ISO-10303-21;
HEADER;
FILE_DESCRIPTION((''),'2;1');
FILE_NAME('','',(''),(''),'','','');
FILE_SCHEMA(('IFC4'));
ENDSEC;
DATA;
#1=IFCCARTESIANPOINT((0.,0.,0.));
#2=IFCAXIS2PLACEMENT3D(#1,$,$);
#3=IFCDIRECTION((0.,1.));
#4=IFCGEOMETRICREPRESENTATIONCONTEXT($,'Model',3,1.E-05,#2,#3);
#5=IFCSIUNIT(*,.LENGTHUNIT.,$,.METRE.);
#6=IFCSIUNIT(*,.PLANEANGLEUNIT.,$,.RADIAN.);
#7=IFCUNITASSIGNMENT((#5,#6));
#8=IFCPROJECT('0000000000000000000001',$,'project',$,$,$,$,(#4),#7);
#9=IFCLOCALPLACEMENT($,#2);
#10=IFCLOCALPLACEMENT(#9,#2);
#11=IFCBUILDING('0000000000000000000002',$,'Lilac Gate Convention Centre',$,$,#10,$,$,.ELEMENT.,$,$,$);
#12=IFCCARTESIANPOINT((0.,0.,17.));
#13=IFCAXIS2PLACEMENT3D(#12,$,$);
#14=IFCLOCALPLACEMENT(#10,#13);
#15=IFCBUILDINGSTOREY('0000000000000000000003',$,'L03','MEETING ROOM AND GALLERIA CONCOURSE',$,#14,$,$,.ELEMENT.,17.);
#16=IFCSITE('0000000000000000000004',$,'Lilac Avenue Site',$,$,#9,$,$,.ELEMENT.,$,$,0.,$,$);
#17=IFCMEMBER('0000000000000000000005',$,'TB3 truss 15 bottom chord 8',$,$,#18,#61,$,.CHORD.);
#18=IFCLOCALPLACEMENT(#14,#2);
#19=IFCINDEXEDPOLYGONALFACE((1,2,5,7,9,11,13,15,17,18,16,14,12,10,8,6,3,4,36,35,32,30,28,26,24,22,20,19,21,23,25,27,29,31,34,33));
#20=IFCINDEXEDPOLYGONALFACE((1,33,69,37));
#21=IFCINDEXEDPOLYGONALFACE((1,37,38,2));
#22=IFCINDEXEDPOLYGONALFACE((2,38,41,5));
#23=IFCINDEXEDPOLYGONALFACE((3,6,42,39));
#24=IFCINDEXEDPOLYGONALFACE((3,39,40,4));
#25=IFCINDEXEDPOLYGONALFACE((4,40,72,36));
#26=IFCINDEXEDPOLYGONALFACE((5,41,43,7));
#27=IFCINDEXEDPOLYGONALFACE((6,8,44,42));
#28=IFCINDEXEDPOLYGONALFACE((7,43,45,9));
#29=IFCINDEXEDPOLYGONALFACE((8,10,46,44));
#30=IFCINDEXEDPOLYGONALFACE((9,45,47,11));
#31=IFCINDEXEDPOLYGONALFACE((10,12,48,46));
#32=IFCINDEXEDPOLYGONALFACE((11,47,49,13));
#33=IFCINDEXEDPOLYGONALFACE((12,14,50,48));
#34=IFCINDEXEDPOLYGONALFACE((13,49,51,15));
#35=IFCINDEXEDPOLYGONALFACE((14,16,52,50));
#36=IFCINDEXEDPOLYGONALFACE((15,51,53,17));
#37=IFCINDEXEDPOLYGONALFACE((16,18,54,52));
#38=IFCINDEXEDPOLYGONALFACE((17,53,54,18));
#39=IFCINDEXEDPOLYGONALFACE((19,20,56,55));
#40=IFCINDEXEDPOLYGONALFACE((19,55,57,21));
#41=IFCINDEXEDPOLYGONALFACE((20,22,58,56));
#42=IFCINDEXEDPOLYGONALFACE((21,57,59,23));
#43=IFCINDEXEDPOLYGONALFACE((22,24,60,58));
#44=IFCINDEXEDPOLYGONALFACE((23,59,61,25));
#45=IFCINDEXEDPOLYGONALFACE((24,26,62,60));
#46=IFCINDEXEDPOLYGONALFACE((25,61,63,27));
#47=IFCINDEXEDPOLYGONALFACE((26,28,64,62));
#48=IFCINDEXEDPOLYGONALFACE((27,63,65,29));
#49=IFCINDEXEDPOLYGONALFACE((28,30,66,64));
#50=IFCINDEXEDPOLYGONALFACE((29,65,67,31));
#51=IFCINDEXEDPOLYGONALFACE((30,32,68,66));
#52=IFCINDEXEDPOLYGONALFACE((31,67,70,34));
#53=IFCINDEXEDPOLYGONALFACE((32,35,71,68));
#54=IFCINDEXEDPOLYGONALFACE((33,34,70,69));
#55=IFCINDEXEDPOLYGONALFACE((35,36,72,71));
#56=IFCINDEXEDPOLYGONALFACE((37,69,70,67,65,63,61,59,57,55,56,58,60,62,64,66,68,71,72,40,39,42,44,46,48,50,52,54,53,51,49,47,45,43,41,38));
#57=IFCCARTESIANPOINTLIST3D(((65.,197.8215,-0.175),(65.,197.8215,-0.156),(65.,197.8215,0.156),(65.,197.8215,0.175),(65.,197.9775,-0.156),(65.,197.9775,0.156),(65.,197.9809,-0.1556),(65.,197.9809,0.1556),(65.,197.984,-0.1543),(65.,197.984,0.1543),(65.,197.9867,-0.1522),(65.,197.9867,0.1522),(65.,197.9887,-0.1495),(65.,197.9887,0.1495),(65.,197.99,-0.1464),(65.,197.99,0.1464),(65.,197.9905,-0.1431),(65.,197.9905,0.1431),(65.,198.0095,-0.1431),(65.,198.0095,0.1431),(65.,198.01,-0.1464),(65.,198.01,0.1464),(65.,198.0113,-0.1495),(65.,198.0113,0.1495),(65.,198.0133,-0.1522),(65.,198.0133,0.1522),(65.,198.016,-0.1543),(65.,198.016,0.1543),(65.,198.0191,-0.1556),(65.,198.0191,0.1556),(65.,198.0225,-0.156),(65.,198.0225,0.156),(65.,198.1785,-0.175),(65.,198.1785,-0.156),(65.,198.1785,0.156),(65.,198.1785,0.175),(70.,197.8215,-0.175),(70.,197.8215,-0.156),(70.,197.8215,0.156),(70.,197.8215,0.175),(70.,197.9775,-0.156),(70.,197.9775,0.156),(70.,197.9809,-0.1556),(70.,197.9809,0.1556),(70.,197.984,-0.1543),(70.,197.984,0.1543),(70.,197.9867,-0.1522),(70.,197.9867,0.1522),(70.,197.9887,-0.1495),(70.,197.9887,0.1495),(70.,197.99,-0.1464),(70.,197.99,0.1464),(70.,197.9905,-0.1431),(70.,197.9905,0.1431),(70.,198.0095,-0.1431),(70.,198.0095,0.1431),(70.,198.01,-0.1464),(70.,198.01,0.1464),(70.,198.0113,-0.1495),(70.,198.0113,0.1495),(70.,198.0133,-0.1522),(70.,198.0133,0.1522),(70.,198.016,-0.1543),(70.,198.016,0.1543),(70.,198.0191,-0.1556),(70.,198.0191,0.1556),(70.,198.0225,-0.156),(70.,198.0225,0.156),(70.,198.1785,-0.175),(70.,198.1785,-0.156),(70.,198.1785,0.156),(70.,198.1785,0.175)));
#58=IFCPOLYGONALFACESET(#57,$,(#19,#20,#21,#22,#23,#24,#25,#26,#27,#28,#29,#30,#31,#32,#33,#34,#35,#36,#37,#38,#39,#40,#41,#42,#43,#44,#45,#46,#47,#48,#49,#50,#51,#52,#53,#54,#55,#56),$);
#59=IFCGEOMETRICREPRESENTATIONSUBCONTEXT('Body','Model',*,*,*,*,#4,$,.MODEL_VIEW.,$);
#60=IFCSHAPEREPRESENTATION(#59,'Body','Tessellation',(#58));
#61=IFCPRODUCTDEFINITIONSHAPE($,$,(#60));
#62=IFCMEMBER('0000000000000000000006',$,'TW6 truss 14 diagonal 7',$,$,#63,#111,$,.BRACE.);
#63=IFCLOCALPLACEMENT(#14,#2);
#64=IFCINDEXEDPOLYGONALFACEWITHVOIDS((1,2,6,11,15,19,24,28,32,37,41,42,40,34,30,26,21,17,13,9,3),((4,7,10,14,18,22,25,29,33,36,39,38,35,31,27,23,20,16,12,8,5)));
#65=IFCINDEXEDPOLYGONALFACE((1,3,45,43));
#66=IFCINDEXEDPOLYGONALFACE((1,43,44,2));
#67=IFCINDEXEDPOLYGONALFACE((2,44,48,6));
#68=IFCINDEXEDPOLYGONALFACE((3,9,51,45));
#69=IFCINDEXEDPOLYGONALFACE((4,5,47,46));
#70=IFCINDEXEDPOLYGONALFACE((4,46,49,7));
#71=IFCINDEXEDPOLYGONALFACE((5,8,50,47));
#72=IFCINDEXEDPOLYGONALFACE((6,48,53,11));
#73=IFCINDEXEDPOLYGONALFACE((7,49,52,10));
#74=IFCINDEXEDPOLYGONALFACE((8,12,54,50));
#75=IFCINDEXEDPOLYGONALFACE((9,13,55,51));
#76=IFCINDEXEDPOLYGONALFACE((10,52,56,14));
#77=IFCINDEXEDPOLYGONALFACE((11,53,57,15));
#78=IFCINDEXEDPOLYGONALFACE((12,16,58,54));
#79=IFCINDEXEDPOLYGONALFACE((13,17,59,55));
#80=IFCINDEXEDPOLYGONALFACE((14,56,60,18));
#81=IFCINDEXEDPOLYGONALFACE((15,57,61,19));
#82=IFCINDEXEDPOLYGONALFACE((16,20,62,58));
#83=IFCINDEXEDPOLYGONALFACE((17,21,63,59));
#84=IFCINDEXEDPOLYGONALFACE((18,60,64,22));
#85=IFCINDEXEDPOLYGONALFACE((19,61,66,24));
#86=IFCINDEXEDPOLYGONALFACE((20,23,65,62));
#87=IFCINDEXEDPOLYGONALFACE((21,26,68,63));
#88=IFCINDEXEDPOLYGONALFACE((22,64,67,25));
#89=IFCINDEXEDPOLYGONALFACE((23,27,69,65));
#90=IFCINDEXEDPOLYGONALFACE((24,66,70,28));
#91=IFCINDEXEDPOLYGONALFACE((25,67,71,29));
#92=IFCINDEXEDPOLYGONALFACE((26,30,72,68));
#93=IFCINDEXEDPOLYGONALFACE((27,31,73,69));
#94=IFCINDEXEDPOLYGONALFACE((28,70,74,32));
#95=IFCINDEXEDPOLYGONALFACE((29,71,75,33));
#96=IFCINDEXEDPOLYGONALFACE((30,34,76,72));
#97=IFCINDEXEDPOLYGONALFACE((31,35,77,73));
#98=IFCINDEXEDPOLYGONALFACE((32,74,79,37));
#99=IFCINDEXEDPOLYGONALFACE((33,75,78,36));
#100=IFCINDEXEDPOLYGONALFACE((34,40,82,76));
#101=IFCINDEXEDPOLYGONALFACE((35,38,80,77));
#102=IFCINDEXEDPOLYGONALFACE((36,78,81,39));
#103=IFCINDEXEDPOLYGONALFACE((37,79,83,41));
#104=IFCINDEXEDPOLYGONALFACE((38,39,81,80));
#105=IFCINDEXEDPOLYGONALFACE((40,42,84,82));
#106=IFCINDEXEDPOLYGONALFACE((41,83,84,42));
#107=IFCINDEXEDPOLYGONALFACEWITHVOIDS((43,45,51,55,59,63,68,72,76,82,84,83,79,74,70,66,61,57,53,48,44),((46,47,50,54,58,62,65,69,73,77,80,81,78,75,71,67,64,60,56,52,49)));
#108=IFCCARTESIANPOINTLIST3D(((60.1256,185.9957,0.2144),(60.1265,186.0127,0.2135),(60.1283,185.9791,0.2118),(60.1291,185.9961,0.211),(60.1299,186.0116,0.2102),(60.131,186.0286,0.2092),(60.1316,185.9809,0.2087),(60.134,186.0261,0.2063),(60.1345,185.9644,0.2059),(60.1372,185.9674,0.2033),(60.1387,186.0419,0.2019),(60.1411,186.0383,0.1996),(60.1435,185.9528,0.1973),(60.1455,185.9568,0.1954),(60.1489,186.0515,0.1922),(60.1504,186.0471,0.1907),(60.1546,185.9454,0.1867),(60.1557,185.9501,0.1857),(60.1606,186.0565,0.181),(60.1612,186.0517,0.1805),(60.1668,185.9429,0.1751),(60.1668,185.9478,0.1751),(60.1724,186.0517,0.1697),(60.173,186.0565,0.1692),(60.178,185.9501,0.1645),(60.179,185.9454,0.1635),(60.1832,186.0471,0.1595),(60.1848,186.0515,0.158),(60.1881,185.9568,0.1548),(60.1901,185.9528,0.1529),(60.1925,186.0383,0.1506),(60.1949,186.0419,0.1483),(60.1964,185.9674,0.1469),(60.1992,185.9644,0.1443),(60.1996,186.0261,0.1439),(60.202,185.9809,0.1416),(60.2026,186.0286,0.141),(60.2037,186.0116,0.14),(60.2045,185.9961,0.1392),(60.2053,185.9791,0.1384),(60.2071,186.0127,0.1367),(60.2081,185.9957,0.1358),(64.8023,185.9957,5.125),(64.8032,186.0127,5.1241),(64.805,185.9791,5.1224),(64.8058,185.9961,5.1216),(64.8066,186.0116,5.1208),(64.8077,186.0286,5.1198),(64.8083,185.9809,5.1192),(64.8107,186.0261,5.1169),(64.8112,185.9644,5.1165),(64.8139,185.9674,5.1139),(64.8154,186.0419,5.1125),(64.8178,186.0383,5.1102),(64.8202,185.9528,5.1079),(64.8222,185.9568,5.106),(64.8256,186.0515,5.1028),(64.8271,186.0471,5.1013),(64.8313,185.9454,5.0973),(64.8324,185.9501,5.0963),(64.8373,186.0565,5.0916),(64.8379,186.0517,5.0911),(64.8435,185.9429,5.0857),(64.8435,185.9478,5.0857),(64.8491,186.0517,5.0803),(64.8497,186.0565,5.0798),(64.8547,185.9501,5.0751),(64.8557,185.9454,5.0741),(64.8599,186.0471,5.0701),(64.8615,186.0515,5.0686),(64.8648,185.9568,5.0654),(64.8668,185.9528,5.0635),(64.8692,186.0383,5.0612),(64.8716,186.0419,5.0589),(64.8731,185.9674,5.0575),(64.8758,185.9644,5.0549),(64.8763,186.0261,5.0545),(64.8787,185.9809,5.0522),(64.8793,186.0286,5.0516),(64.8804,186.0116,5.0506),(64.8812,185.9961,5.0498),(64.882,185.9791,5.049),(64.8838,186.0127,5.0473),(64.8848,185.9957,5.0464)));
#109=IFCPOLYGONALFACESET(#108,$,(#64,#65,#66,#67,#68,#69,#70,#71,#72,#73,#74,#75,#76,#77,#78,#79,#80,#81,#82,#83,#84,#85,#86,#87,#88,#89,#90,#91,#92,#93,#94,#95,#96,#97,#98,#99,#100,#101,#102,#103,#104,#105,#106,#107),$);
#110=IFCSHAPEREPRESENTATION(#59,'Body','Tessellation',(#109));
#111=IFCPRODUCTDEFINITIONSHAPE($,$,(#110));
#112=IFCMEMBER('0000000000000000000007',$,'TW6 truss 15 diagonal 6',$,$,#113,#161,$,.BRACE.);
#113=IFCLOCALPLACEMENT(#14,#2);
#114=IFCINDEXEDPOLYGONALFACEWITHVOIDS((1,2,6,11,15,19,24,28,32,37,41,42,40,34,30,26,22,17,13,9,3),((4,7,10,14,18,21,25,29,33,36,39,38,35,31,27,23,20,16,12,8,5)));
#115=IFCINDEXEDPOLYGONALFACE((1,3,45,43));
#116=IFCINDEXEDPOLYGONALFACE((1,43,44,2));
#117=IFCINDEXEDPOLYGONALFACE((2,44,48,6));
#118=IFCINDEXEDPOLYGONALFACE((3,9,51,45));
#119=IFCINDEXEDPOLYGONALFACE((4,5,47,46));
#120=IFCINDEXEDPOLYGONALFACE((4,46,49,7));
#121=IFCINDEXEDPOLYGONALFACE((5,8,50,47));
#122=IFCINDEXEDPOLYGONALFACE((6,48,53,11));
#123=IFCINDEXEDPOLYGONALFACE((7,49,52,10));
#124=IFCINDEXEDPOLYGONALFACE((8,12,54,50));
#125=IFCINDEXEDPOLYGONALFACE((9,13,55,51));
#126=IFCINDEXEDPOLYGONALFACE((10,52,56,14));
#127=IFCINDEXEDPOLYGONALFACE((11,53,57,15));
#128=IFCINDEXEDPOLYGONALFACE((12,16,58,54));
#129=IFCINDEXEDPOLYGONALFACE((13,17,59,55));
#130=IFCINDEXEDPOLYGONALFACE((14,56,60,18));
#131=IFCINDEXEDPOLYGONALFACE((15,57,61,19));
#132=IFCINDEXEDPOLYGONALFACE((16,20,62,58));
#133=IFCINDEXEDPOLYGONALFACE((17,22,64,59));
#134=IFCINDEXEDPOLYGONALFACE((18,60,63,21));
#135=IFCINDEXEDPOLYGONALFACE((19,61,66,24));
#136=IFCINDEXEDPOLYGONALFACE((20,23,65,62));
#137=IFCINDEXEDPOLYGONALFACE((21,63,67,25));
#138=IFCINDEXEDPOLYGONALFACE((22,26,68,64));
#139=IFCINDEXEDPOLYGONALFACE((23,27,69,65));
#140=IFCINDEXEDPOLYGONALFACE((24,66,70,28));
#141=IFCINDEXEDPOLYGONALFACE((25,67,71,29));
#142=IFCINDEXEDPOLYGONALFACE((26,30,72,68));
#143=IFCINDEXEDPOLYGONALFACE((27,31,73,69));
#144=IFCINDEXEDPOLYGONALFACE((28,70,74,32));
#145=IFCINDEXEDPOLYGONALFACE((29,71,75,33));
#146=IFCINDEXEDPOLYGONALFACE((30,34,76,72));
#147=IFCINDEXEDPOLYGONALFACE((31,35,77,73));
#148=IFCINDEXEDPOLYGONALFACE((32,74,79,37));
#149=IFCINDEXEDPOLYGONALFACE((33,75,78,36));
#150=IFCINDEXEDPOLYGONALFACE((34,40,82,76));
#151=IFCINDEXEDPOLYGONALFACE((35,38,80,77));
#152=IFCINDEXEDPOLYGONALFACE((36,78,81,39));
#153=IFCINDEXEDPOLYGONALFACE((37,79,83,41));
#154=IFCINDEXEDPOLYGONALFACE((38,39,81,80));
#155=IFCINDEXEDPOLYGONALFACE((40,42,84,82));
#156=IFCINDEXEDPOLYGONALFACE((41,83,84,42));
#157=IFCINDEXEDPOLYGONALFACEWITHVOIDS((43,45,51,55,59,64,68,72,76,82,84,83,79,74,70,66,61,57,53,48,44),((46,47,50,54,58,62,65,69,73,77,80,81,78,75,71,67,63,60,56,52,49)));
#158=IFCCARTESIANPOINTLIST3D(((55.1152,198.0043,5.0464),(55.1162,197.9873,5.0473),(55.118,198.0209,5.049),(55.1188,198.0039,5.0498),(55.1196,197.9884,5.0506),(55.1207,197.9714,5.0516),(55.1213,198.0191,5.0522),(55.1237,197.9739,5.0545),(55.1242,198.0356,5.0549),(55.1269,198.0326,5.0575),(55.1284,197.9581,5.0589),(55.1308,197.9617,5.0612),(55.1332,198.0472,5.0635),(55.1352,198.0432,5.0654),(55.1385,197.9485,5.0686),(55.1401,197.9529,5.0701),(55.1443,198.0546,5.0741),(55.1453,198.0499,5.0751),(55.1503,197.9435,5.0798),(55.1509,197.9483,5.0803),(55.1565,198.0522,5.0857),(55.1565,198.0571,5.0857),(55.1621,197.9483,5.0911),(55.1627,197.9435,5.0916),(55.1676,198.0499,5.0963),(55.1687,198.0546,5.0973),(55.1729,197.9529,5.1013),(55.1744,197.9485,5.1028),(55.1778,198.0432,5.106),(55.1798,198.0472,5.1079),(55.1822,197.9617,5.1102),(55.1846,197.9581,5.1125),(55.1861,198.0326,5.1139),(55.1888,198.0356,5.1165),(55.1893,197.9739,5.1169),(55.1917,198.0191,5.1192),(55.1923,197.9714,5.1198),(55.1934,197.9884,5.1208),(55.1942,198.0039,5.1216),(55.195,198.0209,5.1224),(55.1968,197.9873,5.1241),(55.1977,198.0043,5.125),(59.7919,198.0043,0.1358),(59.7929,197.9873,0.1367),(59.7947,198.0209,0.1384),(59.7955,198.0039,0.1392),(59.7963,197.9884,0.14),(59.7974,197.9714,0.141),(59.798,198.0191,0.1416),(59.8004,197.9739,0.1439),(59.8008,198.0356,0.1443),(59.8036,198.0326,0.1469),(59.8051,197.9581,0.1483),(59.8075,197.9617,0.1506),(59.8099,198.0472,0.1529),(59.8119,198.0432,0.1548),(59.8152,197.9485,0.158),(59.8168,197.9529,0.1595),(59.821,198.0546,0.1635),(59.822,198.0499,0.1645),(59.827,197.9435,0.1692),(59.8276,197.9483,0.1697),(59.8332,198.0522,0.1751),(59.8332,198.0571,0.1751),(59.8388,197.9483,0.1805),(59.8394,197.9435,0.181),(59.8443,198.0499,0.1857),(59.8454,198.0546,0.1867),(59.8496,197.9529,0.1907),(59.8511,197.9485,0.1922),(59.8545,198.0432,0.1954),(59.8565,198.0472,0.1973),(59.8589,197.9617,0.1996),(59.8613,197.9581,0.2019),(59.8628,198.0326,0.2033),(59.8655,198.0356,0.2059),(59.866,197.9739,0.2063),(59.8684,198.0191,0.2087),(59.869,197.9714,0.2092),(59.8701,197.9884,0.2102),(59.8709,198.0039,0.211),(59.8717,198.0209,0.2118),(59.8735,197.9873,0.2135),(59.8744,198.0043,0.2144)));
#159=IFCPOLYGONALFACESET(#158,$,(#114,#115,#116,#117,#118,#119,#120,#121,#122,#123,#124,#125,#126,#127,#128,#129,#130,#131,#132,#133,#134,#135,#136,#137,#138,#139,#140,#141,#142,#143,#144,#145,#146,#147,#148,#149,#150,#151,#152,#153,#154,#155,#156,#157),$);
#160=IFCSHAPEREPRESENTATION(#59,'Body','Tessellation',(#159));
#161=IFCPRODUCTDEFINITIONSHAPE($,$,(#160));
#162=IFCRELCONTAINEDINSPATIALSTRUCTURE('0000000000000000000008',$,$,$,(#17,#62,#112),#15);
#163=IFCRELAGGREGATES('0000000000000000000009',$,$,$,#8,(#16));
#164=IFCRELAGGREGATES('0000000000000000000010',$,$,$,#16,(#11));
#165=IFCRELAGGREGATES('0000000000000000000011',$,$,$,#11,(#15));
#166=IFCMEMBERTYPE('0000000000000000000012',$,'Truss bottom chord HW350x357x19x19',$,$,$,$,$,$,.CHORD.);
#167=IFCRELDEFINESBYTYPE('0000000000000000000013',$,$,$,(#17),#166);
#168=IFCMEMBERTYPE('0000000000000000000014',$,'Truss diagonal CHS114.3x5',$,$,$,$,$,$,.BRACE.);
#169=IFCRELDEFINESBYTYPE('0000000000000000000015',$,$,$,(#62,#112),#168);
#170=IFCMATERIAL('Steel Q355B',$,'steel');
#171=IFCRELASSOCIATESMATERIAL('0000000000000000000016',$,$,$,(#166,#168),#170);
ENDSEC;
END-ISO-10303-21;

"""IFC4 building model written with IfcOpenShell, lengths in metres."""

from ifc_helpers import new_model, si_unit, direction, frame, origin, origin_2d, place, context, subcontext, project, spatial, hollow_circle, i_section, extrude, material, material_profile, profile_set, type_object, element, save


model = new_model("IFC4")

# Units and contexts
model_context = context("Model", 3, precision=1e-05, world=origin(), true_north=direction((0.0, 1.0)))
body_context = subcontext(model_context, "Body", "Model", "MODEL_VIEW")
ifc_project = project(units=[si_unit("LENGTHUNIT", "METRE"), si_unit("PLANEANGLEUNIT", "RADIAN")], contexts=[model_context])

# Site, building, storey
site_placement = place(None, origin())
site = spatial("IfcSite", under=ifc_project, at=site_placement, Name="Lilac Avenue Site", CompositionType="ELEMENT", RefElevation=0.0)
building_placement = place(site_placement, origin())
building = spatial("IfcBuilding", under=site, at=building_placement, Name="Lilac Gate Convention Centre", CompositionType="ELEMENT")
storey_placement = place(building_placement, frame((0.0, 0.0, 17.0)))
storey = spatial("IfcBuildingStorey", under=building, at=storey_placement, Name="L03", Description="MEETING ROOM AND GALLERIA CONCOURSE", CompositionType="ELEMENT", Elevation=17.0)

# Members
ifc_material = material(Name="Steel Q355B", Category="steel")
ifc_material_profile_1 = material_profile(ifc_material, i_section(OverallWidth=0.3569, OverallDepth=0.3501, WebThickness=0.019, FlangeThickness=0.019, FilletRadius=0.0129, at=origin_2d()), Name="HW350x357x19x19")
ifc_profile_set_1 = profile_set([ifc_material_profile_1], Name="Steel Q355B")
member_type_1 = type_object("IfcMemberType", Name="Truss bottom chord HW350x357x19x19", PredefinedType="CHORD", material=ifc_profile_set_1)
for number, where, z_axis, x_axis, name in (
    (1, (65.0, 198.0, 0.0), (1.0, 0.0, 0.0), (0.0, 1.0, 0.0), "TB3 truss 15 bottom chord 8"),
):
    element("IfcMember", number, at=place(storey_placement, frame(where, z_axis=z_axis, x_axis=x_axis)), inside=storey, type_object=member_type_1, Name=name, PredefinedType="CHORD", context=body_context, shape_type="SweptSolid", body=[
        extrude(i_section(OverallWidth=0.3569, OverallDepth=0.3501, WebThickness=0.019, FlangeThickness=0.019, FilletRadius=0.0129, at=origin_2d()), origin(), (0.0, 0.0, 1.0), 5.0),
    ])
ifc_material_profile_2 = material_profile(ifc_material, hollow_circle(Radius=0.0571, WallThickness=0.0049, at=origin_2d()), Name="CHS114.3x5")
ifc_profile_set_2 = profile_set([ifc_material_profile_2], Name="Steel Q355B")
member_type_2 = type_object("IfcMemberType", Name="Truss diagonal CHS114.3x5", PredefinedType="BRACE", material=ifc_profile_set_2)
for number, where, z_axis, x_axis, name in (
    (2, (64.8435, 186.0, 5.0857), (-0.689652, 0.0, -0.724141), (0.0, -1.0, 0.0), "TW6 truss 14 diagonal 7"),
    (3, (55.1565, 198.0, 5.0857), (0.689652, 0.0, -0.724141), (0.0, 1.0, 0.0), "TW6 truss 15 diagonal 6"),
):
    element("IfcMember", number, at=place(storey_placement, frame(where, z_axis=z_axis, x_axis=x_axis)), inside=storey, type_object=member_type_2, Name=name, PredefinedType="BRACE", context=body_context, shape_type="SweptSolid", body=[
        extrude(hollow_circle(Radius=0.0571, WallThickness=0.0049, at=origin_2d()), origin(), (0.0, 0.0, 1.0), 6.7812),
    ])

save(model, "model.ifc")
